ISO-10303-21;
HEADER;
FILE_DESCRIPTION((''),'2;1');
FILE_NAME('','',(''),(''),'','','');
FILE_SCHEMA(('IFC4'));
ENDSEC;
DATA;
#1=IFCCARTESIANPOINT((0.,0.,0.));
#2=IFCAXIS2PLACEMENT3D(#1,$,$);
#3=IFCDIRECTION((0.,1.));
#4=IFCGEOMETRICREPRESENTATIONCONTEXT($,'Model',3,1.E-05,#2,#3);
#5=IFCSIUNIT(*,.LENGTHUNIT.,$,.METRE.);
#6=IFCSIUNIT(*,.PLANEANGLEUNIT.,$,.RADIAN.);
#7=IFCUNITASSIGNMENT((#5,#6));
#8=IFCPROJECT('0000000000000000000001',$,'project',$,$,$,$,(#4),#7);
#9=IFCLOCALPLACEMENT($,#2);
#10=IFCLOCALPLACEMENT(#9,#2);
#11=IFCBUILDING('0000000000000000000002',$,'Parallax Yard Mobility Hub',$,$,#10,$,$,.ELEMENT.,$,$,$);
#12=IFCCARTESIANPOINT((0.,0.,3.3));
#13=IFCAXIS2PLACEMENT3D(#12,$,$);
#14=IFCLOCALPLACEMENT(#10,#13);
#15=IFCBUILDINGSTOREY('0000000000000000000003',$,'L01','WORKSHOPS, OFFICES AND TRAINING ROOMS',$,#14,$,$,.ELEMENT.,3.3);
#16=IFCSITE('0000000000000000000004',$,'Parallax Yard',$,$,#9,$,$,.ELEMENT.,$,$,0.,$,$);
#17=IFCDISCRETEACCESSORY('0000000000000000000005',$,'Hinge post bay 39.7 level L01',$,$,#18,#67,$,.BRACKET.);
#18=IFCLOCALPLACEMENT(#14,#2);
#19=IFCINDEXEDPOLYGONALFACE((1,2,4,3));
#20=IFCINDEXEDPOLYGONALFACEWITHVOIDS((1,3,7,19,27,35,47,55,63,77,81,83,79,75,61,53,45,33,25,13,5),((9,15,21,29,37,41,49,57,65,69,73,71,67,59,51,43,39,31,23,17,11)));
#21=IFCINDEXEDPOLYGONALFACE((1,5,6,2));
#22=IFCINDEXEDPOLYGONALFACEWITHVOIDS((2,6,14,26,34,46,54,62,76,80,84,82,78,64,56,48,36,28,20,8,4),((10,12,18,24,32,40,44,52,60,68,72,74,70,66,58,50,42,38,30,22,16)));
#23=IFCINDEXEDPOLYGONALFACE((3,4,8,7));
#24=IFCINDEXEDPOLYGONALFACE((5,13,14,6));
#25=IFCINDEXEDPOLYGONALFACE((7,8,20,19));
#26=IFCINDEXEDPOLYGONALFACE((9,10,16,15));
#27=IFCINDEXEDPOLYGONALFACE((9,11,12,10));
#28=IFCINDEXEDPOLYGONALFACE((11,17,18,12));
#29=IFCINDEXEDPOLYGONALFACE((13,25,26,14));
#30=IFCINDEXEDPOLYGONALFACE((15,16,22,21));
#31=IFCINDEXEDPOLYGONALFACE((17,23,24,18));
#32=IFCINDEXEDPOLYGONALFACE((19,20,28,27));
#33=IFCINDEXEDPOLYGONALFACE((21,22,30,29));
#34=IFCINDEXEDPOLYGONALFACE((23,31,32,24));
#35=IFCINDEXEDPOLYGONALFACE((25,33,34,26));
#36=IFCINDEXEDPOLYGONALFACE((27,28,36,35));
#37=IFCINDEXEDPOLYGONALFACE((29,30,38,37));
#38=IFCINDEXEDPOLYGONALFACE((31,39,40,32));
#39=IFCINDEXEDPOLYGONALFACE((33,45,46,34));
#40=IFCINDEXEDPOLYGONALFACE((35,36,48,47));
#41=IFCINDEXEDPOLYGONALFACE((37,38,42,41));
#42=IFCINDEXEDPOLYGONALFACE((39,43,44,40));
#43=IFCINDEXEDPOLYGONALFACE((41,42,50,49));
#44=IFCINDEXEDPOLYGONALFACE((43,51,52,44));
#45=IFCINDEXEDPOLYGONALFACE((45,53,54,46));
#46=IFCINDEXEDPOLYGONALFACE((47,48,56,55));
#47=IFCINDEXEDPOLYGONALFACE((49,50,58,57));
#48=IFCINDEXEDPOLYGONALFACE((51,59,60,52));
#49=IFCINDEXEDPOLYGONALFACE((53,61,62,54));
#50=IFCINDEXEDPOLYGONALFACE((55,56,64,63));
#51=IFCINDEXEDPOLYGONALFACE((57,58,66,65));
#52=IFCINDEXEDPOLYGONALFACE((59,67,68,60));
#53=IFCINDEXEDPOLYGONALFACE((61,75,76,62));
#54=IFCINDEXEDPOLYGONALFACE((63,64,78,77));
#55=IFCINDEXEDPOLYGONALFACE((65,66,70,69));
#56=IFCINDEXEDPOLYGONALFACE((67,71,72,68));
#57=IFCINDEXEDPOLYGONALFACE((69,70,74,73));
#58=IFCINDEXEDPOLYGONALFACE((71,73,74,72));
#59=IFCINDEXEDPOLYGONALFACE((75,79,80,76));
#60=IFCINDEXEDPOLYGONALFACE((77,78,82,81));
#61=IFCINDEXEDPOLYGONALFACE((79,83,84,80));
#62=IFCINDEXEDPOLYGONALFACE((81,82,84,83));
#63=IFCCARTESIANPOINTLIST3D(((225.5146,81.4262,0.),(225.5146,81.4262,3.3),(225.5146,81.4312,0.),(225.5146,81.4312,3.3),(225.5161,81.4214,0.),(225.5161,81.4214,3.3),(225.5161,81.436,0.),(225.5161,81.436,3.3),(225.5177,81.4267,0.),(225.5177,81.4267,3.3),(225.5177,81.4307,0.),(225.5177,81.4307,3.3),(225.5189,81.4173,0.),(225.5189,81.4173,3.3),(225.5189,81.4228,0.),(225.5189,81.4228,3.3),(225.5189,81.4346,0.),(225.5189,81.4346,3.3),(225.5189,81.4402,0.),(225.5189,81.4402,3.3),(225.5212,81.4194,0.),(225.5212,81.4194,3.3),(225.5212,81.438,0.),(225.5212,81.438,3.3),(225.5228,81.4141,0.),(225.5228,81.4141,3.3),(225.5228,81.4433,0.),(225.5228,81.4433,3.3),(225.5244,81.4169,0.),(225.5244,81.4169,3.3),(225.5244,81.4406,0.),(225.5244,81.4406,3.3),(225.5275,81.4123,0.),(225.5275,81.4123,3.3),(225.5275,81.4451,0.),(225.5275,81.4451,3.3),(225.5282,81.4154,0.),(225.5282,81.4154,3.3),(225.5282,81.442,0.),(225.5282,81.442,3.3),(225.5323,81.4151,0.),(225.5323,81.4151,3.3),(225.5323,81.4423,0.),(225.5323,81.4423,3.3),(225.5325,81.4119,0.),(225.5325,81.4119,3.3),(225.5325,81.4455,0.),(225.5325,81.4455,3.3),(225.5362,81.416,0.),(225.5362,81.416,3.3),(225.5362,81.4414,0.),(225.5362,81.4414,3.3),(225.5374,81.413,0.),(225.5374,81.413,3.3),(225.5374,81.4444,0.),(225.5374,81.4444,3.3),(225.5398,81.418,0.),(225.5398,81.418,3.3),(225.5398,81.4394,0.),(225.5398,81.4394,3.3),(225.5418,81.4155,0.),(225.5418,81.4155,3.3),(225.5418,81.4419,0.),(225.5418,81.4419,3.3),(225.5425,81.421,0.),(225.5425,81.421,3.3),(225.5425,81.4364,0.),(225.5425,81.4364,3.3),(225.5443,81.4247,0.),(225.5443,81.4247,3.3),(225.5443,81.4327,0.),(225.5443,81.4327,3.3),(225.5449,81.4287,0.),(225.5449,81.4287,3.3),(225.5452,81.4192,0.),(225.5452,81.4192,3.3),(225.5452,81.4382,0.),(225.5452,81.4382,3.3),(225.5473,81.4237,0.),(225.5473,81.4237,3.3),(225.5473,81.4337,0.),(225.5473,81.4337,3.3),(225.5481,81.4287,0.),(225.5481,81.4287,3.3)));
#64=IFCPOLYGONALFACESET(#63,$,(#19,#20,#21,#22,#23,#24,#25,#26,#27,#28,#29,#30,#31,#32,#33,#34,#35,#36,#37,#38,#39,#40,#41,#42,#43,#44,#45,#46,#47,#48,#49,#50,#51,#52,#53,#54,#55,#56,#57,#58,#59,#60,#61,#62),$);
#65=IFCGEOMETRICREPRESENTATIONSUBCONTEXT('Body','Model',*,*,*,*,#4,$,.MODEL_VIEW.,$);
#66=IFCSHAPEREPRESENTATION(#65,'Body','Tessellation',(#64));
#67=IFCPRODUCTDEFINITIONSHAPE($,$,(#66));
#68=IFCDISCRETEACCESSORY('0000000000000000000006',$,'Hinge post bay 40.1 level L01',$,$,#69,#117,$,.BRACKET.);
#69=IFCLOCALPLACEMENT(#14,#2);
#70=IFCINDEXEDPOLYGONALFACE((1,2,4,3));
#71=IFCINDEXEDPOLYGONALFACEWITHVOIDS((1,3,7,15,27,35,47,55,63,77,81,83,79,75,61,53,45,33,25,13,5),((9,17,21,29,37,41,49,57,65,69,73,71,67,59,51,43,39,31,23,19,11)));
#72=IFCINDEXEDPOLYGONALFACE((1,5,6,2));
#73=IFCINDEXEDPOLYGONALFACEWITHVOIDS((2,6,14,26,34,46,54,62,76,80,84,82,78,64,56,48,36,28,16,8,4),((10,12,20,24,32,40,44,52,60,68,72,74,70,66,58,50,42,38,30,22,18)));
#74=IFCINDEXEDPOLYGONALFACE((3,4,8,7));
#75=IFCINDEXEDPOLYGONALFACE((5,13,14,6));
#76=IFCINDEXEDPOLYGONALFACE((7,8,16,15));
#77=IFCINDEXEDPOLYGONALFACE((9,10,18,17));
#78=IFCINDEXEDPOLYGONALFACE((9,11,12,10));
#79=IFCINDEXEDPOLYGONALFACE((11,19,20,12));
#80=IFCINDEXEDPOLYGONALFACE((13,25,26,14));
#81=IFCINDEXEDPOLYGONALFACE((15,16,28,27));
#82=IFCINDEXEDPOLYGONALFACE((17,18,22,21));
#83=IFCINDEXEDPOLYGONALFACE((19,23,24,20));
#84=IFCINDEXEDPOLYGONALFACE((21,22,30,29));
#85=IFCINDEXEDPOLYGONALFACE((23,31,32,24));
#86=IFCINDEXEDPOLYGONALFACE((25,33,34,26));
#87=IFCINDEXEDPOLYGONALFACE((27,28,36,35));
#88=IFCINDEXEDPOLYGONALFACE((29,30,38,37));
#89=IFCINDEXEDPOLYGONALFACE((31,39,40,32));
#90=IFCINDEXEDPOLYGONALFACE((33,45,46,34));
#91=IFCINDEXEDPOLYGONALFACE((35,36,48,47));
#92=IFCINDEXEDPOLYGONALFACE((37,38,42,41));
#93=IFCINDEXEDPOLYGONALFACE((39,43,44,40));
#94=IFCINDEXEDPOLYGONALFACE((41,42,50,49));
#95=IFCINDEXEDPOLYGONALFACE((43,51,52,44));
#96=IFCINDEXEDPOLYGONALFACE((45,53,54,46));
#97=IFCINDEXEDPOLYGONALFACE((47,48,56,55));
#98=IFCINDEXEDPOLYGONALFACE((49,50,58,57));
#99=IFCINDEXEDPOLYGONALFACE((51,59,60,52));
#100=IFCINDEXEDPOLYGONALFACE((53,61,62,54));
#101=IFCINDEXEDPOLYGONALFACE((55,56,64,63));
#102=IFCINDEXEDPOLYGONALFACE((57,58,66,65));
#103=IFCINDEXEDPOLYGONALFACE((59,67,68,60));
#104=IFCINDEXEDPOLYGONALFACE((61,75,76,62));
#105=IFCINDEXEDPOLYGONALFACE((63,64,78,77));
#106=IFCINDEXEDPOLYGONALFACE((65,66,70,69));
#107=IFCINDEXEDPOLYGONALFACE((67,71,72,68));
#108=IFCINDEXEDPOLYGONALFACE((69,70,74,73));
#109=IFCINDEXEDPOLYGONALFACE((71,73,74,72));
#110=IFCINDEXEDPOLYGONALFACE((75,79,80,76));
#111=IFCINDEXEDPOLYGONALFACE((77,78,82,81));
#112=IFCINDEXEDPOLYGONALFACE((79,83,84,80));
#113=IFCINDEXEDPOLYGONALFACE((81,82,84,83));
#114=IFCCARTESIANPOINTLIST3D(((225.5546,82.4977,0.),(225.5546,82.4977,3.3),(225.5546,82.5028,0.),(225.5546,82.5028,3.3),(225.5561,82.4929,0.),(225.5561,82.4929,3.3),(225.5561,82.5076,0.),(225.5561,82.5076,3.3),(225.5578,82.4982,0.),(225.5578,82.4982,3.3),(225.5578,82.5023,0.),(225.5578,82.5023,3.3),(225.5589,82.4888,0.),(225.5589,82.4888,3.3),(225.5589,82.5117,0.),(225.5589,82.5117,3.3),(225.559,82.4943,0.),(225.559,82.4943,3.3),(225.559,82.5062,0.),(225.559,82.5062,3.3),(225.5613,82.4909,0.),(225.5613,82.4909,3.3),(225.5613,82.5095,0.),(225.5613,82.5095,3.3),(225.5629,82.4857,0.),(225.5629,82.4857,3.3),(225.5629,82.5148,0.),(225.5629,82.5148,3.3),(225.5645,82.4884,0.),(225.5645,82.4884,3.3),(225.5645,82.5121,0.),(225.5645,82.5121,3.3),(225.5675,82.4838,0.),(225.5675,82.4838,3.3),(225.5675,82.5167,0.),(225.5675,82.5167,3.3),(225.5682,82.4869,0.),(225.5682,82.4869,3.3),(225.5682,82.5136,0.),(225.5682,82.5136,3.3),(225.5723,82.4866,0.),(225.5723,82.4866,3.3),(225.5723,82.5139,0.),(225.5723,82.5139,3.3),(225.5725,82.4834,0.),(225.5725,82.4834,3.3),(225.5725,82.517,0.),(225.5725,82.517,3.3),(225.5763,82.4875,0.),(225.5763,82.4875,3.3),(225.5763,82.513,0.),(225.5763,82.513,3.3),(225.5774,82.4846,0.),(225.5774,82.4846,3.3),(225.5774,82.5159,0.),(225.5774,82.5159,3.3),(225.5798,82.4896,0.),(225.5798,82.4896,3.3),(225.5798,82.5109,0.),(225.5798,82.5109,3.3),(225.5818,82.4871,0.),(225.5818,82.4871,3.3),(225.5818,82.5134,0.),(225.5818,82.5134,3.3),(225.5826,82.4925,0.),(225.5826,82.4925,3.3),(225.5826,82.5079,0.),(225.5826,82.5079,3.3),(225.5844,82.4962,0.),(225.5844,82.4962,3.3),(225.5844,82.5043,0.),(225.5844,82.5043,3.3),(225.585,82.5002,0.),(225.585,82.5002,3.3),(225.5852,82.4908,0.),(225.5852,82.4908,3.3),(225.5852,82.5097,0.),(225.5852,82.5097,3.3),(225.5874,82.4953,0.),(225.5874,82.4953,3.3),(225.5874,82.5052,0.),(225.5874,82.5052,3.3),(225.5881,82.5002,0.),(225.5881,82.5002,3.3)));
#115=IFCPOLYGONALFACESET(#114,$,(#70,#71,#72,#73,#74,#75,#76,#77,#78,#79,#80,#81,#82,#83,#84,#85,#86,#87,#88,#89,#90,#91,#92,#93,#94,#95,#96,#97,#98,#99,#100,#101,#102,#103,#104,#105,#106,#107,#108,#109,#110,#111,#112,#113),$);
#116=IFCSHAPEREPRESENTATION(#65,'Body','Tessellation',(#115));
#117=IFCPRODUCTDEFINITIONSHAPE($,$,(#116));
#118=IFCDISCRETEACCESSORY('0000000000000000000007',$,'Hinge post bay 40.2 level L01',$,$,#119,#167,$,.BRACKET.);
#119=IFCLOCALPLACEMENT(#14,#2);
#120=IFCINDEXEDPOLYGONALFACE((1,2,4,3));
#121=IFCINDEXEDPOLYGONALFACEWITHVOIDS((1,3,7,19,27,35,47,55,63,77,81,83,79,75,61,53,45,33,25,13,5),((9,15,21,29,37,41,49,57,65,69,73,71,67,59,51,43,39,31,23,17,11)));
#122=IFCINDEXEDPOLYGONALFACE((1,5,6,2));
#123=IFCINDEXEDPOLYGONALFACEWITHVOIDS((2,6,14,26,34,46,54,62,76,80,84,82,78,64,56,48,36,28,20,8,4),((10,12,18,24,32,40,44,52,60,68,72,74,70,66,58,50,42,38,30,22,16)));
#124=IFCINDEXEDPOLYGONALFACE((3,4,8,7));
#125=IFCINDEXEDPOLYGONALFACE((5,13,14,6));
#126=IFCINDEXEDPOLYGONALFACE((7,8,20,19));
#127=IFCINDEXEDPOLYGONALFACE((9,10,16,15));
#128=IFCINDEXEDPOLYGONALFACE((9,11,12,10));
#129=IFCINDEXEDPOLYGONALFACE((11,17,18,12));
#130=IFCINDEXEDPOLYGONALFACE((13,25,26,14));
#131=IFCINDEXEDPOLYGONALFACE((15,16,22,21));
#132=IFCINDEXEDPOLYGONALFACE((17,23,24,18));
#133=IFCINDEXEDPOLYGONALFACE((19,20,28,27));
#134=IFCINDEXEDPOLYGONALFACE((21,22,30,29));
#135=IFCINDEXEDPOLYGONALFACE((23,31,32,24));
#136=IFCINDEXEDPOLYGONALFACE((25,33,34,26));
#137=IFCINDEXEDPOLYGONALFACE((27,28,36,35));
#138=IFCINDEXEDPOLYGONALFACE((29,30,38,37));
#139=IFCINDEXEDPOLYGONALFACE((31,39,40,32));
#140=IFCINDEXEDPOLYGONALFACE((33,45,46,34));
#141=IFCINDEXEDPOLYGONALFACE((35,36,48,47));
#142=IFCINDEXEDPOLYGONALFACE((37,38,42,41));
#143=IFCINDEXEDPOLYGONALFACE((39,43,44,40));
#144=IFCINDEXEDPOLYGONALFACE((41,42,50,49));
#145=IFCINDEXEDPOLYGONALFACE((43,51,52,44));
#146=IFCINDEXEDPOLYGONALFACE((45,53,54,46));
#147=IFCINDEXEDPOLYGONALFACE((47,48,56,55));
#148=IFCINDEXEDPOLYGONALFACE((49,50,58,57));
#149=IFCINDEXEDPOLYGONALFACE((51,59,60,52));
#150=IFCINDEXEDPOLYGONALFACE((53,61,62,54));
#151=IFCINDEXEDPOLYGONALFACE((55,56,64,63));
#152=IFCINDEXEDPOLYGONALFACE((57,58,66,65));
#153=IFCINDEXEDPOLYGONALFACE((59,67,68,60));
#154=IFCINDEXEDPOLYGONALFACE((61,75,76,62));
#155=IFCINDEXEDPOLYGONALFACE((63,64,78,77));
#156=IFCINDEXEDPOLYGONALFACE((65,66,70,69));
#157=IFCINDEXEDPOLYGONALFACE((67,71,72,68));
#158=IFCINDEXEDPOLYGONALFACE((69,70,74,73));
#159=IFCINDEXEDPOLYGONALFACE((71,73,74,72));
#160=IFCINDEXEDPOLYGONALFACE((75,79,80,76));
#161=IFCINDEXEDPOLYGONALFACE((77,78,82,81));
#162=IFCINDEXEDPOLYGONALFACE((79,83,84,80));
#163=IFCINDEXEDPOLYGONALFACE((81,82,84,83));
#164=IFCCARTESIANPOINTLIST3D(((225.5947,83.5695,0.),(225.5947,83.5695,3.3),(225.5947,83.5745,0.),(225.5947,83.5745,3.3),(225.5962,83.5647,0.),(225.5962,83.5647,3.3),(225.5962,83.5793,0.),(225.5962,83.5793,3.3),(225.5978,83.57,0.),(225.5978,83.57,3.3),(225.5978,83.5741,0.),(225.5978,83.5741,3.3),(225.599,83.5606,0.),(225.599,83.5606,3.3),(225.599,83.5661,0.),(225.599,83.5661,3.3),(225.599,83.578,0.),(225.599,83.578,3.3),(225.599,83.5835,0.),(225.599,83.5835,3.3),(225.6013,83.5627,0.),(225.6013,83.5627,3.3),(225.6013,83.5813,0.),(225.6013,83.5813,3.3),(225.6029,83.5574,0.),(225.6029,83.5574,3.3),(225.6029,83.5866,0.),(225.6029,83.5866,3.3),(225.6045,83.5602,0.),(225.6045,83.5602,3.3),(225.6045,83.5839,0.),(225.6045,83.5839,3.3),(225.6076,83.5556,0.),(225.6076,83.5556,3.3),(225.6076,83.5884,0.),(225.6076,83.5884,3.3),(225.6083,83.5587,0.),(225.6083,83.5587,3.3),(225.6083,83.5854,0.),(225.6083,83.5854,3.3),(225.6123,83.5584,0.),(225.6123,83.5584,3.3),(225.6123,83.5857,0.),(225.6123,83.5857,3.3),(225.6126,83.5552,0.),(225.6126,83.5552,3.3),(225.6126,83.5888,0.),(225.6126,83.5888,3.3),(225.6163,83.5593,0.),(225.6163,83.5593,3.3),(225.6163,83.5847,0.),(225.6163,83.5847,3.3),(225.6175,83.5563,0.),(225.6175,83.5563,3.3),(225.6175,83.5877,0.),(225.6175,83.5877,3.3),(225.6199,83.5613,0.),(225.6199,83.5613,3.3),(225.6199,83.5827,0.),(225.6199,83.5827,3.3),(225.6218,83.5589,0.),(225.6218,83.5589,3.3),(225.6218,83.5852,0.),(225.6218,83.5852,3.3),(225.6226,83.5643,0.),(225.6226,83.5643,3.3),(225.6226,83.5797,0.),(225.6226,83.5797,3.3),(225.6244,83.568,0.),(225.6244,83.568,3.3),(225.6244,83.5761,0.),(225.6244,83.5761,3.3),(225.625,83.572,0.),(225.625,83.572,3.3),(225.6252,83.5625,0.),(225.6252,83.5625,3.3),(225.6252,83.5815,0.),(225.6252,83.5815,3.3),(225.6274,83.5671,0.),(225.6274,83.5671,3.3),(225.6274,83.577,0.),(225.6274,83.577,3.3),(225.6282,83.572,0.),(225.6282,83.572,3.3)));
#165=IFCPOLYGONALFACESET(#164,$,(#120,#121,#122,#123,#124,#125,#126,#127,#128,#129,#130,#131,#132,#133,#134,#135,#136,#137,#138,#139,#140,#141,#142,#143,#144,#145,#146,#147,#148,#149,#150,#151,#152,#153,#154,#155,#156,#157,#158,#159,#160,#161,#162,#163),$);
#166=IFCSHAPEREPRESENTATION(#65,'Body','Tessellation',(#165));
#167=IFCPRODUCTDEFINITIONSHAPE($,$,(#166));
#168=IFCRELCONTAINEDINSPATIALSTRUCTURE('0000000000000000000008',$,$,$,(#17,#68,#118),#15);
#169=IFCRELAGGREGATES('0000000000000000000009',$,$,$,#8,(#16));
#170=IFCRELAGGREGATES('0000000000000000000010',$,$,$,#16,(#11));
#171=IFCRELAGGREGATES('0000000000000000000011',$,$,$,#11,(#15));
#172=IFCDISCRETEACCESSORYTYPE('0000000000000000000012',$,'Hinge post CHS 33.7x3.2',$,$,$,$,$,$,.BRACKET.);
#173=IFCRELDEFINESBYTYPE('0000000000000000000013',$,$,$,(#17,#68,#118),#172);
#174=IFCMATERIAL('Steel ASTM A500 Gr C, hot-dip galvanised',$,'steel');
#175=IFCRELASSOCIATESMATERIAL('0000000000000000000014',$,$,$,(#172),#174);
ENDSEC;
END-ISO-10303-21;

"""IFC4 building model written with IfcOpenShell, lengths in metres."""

from ifc_helpers import new_model, si_unit, direction, frame, origin, origin_2d, place, context, subcontext, project, spatial, hollow_circle, extrude, material, material_profile, profile_set, type_object, element, save


model = new_model("IFC4")

# Units and contexts
model_context = context("Model", 3, precision=1e-05, world=origin(), true_north=direction((0.0, 1.0)))
body_context = subcontext(model_context, "Body", "Model", "MODEL_VIEW")
ifc_project = project(units=[si_unit("LENGTHUNIT", "METRE"), si_unit("PLANEANGLEUNIT", "RADIAN")], contexts=[model_context])

# Site, building, storey
site_placement = place(None, origin())
site = spatial("IfcSite", under=ifc_project, at=site_placement, Name="Parallax Yard", CompositionType="ELEMENT", RefElevation=0.0)
building_placement = place(site_placement, origin())
building = spatial("IfcBuilding", under=site, at=building_placement, Name="Parallax Yard Mobility Hub", CompositionType="ELEMENT")
storey_placement = place(building_placement, frame((0.0, 0.0, 3.3)))
storey = spatial("IfcBuildingStorey", under=building, at=storey_placement, Name="L01", Description="WORKSHOPS, OFFICES AND TRAINING ROOMS", CompositionType="ELEMENT", Elevation=3.3)

# Discrete accessories
ifc_material_1 = material(Name="Steel ASTM A500 Gr C, hot-dip galvanised", Category="steel")
ifc_material_profile = material_profile(ifc_material_1, hollow_circle(Radius=0.0168, WallThickness=0.0032, at=origin_2d()), Name="CHS 33.7x3.2")
ifc_profile_set = profile_set([ifc_material_profile], Name="Steel ASTM A500 Gr C, hot-dip galvanised")
discrete_accessory_type_1 = type_object("IfcDiscreteAccessoryType", Name="Hinge post CHS 33.7x3.2", PredefinedType="BRACKET", material=ifc_profile_set)
for number, where, z_axis, x_axis, name in (
    (1, (225.5312, 81.4287, 0.0), (0.0, 0.0, 1.0), (1.0, 0.0, 0.0), "Hinge post bay 39.7 level L01"),
    (2, (225.5713, 82.5002, 0.0), (0.0, 0.0, 1.0), (1.0, 0.0, 0.0), "Hinge post bay 40.1 level L01"),
    (3, (225.6113, 83.572, 0.0), (0.0, 0.0, 1.0), (1.0, 0.0, 0.0), "Hinge post bay 40.2 level L01"),
):
    element("IfcDiscreteAccessory", number, at=place(storey_placement, frame(where, z_axis=z_axis, x_axis=x_axis)), inside=storey, type_object=discrete_accessory_type_1, Name=name, PredefinedType="BRACKET", context=body_context, shape_type="SweptSolid", body=[
        extrude(hollow_circle(Radius=0.0168, WallThickness=0.0032, at=origin_2d()), origin(), (0.0, 0.0, 1.0), 3.3),
    ])

save(model, "model.ifc")
